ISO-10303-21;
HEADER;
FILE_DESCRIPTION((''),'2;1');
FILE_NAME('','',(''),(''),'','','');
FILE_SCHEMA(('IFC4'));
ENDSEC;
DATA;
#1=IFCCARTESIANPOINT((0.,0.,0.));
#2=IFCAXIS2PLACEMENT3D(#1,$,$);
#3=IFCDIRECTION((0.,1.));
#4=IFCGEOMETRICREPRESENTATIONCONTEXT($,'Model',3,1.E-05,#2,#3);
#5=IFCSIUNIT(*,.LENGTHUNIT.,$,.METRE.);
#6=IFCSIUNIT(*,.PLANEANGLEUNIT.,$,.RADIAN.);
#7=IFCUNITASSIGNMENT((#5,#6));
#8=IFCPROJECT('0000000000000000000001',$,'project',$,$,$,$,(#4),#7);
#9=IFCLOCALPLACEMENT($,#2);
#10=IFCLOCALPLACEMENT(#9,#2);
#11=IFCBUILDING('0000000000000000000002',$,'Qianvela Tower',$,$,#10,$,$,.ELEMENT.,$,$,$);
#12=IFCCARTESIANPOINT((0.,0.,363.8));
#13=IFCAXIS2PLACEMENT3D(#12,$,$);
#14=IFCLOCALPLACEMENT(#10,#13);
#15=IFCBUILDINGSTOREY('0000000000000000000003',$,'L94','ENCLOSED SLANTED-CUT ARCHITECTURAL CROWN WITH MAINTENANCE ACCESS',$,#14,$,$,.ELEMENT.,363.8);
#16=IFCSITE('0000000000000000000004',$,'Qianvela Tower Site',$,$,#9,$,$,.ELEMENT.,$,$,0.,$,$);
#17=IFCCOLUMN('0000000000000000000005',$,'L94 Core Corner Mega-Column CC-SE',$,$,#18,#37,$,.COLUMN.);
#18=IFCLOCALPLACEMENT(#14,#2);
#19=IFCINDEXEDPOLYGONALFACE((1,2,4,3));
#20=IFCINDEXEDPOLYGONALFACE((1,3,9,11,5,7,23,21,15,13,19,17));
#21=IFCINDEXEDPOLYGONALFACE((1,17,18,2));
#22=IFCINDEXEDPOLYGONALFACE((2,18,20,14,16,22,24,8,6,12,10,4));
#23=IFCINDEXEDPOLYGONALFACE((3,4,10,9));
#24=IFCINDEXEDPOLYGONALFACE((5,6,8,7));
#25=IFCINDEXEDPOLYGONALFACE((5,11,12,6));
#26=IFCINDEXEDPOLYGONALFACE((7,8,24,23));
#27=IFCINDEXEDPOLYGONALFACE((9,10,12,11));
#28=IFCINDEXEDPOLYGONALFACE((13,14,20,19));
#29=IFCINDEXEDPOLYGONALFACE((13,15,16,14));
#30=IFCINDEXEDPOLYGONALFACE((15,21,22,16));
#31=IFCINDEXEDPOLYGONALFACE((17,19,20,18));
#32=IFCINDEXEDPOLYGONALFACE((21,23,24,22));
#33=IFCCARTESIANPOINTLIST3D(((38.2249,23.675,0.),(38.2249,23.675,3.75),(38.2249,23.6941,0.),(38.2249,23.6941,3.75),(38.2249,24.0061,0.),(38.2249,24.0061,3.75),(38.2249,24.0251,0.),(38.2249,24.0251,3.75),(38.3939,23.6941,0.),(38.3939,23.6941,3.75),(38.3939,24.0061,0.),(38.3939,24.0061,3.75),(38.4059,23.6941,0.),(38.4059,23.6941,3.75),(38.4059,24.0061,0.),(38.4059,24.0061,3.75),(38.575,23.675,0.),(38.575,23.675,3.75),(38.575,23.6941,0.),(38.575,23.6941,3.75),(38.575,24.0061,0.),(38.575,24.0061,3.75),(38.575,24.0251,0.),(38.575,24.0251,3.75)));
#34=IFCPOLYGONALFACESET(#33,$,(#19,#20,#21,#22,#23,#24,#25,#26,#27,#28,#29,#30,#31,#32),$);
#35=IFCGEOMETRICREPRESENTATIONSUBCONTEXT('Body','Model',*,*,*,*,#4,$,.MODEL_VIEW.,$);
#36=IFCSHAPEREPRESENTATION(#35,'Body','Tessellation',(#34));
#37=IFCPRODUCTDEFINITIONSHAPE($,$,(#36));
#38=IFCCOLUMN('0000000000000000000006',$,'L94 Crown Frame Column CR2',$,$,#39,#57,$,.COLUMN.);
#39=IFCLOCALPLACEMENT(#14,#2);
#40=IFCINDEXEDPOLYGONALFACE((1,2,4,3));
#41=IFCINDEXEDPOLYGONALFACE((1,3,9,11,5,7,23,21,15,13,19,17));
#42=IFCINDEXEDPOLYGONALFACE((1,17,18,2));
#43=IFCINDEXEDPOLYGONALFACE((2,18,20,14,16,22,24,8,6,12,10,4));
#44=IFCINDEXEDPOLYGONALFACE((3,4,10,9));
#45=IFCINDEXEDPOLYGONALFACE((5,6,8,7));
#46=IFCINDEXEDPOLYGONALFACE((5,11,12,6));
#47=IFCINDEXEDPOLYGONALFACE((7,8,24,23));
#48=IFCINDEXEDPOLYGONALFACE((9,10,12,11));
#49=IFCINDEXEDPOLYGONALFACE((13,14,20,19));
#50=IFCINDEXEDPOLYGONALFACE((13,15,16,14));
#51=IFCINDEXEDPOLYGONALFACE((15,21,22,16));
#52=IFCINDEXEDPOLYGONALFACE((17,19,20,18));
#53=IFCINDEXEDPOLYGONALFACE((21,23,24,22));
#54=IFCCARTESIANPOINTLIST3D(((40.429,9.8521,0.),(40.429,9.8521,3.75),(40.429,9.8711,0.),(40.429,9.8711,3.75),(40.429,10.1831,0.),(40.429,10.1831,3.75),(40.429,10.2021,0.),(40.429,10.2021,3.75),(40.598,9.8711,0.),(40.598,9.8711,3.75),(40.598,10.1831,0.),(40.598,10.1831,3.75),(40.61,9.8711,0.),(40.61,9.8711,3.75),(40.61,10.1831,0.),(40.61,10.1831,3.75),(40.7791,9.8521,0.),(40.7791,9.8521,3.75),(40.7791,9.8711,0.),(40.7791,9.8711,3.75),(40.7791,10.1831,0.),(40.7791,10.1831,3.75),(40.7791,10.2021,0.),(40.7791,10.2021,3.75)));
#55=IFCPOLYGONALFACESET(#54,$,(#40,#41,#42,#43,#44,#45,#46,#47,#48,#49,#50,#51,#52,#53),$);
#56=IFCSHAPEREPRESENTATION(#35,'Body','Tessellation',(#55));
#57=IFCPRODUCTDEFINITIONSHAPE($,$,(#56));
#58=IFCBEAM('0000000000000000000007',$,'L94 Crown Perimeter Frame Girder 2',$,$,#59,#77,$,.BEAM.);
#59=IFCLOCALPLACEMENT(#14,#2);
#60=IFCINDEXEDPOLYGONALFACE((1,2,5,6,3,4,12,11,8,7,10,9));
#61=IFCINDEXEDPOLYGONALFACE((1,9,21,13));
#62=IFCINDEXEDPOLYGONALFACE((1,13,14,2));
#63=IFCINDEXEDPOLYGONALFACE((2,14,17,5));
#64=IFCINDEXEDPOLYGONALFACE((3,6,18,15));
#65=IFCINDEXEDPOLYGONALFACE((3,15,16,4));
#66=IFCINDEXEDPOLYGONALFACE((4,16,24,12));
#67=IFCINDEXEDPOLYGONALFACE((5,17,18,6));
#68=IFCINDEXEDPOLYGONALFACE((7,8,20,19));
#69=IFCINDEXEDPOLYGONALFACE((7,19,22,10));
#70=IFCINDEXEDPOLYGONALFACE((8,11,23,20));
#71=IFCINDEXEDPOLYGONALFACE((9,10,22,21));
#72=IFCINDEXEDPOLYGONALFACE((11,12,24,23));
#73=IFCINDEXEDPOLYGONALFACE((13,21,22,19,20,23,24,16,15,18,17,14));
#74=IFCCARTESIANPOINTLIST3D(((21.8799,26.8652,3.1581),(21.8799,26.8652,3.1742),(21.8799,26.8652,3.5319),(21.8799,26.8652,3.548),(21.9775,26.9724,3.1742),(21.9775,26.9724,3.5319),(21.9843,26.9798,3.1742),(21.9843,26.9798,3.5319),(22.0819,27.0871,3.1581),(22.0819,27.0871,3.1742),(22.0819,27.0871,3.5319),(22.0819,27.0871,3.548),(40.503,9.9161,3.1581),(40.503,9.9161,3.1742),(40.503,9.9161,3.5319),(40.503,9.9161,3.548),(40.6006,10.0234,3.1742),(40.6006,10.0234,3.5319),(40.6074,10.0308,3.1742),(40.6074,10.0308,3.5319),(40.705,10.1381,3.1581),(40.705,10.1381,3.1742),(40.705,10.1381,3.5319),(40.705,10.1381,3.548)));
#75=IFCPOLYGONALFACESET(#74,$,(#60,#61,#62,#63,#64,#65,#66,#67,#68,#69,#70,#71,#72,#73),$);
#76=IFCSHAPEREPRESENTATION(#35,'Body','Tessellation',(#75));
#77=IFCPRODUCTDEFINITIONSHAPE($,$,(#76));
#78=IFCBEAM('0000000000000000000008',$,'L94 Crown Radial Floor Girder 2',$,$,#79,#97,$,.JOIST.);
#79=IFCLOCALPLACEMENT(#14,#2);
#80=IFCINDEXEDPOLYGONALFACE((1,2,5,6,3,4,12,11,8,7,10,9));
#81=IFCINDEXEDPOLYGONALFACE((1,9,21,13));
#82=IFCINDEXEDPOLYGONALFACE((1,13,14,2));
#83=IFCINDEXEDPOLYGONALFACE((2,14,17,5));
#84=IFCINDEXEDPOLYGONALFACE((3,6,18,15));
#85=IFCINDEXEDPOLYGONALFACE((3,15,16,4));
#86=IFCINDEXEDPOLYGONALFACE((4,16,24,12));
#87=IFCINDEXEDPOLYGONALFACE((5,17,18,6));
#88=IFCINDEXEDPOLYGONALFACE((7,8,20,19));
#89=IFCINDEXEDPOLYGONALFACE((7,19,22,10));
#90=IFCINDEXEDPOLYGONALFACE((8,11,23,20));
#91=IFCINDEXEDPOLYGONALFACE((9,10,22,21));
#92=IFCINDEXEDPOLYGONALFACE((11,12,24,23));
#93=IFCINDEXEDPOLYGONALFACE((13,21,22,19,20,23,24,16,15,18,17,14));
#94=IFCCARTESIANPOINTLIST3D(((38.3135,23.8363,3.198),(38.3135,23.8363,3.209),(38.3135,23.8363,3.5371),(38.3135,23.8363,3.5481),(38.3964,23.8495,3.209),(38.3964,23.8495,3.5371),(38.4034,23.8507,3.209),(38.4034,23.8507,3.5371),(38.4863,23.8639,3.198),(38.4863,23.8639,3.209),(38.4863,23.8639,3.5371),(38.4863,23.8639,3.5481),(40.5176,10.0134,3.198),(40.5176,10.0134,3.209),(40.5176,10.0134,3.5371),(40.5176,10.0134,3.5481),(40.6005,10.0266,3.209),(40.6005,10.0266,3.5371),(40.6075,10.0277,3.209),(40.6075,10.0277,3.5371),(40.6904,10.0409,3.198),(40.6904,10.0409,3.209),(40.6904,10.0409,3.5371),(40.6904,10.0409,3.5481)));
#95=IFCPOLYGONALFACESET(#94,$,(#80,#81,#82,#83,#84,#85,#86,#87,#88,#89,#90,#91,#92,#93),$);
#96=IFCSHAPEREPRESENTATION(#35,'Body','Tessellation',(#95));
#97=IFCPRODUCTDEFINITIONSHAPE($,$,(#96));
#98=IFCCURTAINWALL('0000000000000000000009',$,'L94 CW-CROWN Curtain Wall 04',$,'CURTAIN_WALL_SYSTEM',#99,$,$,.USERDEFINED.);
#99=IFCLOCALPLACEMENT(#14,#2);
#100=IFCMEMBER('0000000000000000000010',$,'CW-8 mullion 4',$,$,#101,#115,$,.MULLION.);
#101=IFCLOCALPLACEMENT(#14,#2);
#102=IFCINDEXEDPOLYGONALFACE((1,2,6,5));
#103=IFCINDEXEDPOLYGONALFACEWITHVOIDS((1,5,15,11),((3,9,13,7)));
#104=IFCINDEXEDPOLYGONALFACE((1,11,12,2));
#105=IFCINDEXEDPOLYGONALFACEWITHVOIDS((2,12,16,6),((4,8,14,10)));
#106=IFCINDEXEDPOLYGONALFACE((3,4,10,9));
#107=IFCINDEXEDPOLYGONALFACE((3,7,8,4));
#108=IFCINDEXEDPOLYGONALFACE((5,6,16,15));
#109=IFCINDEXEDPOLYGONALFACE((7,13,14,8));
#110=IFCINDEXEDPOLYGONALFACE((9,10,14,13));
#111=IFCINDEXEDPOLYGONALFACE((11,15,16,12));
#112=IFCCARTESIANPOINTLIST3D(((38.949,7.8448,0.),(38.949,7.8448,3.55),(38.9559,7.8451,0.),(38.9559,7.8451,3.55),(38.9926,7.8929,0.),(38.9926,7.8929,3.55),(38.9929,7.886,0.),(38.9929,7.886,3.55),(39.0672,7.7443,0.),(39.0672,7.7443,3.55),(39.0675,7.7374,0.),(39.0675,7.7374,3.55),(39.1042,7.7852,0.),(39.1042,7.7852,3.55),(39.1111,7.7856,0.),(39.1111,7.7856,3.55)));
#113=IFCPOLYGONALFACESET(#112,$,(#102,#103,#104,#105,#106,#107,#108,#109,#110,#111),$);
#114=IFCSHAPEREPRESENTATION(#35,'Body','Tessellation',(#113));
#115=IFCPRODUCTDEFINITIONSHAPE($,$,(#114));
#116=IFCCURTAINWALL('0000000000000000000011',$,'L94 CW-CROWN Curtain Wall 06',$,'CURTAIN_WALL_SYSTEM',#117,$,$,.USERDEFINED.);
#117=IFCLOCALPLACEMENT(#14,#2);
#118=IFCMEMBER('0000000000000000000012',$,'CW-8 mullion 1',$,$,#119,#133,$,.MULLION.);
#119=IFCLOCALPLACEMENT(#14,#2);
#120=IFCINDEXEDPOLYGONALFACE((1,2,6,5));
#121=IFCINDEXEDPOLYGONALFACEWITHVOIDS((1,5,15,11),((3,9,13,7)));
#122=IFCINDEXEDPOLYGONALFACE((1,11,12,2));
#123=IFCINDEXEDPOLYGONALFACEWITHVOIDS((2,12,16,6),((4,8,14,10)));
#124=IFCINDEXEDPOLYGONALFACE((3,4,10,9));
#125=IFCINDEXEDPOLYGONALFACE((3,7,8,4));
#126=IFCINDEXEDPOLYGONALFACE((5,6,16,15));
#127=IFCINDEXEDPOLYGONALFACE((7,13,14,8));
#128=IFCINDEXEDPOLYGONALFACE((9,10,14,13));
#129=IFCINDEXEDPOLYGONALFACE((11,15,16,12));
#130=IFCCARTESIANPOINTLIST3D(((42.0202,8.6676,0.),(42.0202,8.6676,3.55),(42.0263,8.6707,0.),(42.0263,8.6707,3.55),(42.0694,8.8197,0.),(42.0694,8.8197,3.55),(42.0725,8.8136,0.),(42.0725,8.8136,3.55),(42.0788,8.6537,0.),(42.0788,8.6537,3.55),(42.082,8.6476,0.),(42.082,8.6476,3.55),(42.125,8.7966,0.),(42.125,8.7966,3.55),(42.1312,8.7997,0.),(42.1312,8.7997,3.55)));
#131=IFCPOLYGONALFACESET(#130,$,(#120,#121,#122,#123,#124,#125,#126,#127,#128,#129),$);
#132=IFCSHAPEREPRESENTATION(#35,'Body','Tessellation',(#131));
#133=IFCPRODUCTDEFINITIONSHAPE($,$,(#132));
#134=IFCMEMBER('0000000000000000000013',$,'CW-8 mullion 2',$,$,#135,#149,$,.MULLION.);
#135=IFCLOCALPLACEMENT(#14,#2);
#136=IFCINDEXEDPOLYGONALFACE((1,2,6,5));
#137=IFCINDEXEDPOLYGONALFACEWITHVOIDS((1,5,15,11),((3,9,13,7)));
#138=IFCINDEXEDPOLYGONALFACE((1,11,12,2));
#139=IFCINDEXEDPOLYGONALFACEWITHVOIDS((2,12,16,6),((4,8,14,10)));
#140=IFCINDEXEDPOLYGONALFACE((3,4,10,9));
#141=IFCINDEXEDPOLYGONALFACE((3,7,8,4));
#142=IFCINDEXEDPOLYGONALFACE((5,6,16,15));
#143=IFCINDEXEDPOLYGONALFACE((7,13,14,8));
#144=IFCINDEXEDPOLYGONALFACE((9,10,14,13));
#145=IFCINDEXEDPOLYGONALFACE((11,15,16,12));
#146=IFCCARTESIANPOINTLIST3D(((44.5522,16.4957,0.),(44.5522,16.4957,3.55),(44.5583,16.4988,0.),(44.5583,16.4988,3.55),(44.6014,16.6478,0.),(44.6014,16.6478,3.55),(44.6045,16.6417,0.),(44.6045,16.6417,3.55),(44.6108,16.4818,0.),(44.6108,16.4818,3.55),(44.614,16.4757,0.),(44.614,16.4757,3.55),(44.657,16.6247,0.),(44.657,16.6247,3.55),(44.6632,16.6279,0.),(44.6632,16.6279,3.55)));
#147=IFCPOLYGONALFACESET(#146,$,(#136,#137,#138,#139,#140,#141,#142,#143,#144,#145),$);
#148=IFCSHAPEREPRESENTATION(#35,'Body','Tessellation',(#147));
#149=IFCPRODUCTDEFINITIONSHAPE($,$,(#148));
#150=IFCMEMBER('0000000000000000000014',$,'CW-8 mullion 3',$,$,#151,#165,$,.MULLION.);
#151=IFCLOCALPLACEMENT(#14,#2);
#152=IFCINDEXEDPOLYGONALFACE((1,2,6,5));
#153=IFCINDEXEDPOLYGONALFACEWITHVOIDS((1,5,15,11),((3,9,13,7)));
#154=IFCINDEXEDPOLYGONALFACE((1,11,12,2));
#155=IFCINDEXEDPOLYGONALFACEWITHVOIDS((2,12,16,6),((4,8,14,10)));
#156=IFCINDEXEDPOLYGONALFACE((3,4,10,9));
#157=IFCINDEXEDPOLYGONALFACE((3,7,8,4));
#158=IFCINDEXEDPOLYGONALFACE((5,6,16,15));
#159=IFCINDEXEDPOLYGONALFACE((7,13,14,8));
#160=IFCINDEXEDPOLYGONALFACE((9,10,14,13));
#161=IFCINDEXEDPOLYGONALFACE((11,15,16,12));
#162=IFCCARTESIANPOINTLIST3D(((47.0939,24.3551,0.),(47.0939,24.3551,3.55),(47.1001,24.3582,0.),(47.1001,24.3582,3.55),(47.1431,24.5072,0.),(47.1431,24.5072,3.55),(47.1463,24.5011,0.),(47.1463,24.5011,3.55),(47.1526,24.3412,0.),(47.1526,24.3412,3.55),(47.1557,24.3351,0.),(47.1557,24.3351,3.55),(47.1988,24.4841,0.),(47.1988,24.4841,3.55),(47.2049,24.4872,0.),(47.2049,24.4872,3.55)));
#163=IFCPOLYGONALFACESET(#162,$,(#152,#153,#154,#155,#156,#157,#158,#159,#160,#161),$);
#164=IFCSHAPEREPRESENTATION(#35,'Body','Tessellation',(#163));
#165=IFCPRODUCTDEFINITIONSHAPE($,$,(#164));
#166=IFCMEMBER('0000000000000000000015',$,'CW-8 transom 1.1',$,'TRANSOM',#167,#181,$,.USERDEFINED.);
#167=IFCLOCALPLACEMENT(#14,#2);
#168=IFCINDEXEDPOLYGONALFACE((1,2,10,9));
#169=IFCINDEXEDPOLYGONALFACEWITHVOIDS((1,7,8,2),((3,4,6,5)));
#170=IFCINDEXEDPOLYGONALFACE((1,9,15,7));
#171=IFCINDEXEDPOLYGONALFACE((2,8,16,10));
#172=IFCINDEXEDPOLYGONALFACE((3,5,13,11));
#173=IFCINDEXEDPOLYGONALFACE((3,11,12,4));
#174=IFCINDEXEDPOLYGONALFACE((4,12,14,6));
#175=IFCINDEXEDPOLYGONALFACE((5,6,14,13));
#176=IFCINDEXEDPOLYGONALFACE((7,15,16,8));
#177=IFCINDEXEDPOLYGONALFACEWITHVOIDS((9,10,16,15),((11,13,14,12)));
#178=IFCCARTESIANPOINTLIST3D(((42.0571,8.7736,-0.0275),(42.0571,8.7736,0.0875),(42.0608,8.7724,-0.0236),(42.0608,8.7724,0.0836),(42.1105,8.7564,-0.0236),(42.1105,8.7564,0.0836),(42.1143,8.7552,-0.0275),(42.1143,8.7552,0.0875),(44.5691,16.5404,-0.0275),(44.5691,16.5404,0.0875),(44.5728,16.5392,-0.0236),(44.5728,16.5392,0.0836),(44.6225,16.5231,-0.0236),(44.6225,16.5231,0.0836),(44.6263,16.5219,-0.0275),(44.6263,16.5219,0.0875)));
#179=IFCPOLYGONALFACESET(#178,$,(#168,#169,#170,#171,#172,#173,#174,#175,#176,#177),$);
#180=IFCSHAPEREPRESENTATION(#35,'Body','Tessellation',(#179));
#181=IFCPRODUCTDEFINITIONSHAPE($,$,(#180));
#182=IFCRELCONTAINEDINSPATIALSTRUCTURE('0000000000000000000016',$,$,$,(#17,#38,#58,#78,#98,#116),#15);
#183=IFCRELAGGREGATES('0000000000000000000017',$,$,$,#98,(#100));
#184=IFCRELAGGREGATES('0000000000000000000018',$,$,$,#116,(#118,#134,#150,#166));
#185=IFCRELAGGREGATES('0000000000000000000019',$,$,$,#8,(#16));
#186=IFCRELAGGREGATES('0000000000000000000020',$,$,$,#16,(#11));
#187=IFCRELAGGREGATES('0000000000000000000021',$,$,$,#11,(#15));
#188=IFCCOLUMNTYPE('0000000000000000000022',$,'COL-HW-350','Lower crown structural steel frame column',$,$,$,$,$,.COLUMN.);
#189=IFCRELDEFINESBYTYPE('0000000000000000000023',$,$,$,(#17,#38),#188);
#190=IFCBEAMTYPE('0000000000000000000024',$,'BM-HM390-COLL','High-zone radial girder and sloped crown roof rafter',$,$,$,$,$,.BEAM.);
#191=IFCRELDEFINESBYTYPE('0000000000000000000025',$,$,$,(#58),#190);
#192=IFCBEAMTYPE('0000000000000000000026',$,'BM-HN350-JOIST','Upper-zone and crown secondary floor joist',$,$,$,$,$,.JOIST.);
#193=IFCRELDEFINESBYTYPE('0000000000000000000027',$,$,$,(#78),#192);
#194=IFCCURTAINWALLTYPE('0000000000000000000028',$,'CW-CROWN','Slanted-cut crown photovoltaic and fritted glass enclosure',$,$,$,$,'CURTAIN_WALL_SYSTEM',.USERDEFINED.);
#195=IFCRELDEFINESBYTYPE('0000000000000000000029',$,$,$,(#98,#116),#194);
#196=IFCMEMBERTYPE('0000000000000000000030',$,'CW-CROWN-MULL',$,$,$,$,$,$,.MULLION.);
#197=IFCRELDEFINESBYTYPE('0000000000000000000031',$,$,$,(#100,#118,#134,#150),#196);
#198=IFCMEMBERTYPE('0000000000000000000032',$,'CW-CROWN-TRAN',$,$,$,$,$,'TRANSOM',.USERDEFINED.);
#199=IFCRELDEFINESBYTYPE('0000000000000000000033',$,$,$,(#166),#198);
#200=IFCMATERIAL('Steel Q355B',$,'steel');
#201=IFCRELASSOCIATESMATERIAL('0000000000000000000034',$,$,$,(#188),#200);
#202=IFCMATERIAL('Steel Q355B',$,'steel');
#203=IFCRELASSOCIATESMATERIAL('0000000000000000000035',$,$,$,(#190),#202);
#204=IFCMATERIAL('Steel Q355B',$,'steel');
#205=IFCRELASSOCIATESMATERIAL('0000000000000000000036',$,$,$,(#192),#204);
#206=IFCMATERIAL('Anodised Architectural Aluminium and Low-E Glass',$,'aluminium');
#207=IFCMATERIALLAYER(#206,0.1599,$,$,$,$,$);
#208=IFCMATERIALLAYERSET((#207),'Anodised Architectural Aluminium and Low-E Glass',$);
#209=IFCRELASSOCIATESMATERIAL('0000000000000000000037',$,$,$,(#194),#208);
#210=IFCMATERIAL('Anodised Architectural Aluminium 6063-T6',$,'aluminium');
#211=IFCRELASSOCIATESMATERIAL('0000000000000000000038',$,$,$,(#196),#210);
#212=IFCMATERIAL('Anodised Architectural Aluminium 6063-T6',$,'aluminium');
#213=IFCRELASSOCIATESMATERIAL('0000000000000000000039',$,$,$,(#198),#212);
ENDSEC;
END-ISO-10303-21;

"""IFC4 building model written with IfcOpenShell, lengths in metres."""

from ifc_helpers import new_model, si_unit, direction, frame, origin, origin_2d, place, context, subcontext, project, spatial, hollow_rectangle, i_section, extrude, material, layer, layer_set, material_profile, profile_set, type_object, element, aggregate, save


model = new_model("IFC4")

# Units and contexts
model_context = context("Model", 3, precision=1e-05, world=origin(), true_north=direction((0.0, 1.0)))
body_context = subcontext(model_context, "Body", "Model", "MODEL_VIEW")
ifc_project = project(units=[si_unit("LENGTHUNIT", "METRE"), si_unit("PLANEANGLEUNIT", "RADIAN")], contexts=[model_context])

# Site, building, storey
site_placement = place(None, origin())
site = spatial("IfcSite", under=ifc_project, at=site_placement, Name="Qianvela Tower Site", CompositionType="ELEMENT", RefElevation=0.0)
building_placement = place(site_placement, origin())
building = spatial("IfcBuilding", under=site, at=building_placement, Name="Qianvela Tower", CompositionType="ELEMENT")
storey_placement = place(building_placement, frame((0.0, 0.0, 363.8)))
storey = spatial("IfcBuildingStorey", under=building, at=storey_placement, Name="L94", Description="ENCLOSED SLANTED-CUT ARCHITECTURAL CROWN WITH MAINTENANCE ACCESS", CompositionType="ELEMENT", Elevation=363.8)

# Columns
ifc_material_1 = material(Name="Steel Q355B", Category="steel")
ifc_material_profile_1 = material_profile(ifc_material_1, i_section(OverallWidth=0.3501, OverallDepth=0.3501, WebThickness=0.012, FlangeThickness=0.019, at=origin_2d()), Name="HW350x350x12x19")
ifc_profile_set_1 = profile_set([ifc_material_profile_1], Name="Steel Q355B")
column_type = type_object("IfcColumnType", Name="COL-HW-350", Description="Lower crown structural steel frame column", PredefinedType="COLUMN", material=ifc_profile_set_1)
for number, where, z_axis, x_axis, name in (
    (1, (38.3999, 23.8501, 0.0), (0.0, 0.0, 1.0), (1.0, 0.0, 0.0), "L94 Core Corner Mega-Column CC-SE"),
    (2, (40.604, 10.0271, 0.0), (0.0, 0.0, 1.0), (1.0, 0.0, 0.0), "L94 Crown Frame Column CR2"),
):
    element("IfcColumn", number, at=place(storey_placement, frame(where, z_axis=z_axis, x_axis=x_axis)), inside=storey, type_object=column_type, Name=name, PredefinedType="COLUMN", context=body_context, shape_type="SweptSolid", body=[
        extrude(i_section(OverallWidth=0.3501, OverallDepth=0.3501, WebThickness=0.012, FlangeThickness=0.019, at=origin_2d()), origin(), (0.0, 0.0, 1.0), 3.75),
    ])

# Beams
ifc_material_2 = material(Name="Steel Q355B", Category="steel")
ifc_material_profile_2 = material_profile(ifc_material_2, i_section(OverallWidth=0.3, OverallDepth=0.3899, WebThickness=0.01, FlangeThickness=0.0161, at=origin_2d()), Name="HM390x300x10x16")
ifc_profile_set_2 = profile_set([ifc_material_profile_2], Name="Steel Q355B")
beam_type_1 = type_object("IfcBeamType", Name="BM-HM390-COLL", Description="High-zone radial girder and sloped crown roof rafter", PredefinedType="BEAM", material=ifc_profile_set_2)
beam_1_placement = place(storey_placement, frame((40.604, 10.0271, 3.353), z_axis=(-0.739566, 0.673084, 0.0), x_axis=(-0.673084, -0.739566, 0.0)))
element("IfcBeam", 3, at=beam_1_placement, inside=storey, type_object=beam_type_1, Name="L94 Crown Perimeter Frame Girder 2", PredefinedType="BEAM", context=body_context, shape_type="SweptSolid", body=[
    extrude(i_section(OverallWidth=0.3, OverallDepth=0.3899, WebThickness=0.01, FlangeThickness=0.0161, at=origin_2d()), origin(), (0.0, 0.0, 1.0), 25.1812),
])
ifc_material_3 = material(Name="Steel Q355B", Category="steel")
ifc_material_profile_3 = material_profile(ifc_material_3, i_section(OverallWidth=0.175, OverallDepth=0.3501, WebThickness=0.0071, FlangeThickness=0.011, at=origin_2d()), Name="HN350x175x7x11")
ifc_profile_set_3 = profile_set([ifc_material_profile_3], Name="Steel Q355B")
beam_type_2 = type_object("IfcBeamType", Name="BM-HN350-JOIST", Description="Upper-zone and crown secondary floor joist", PredefinedType="JOIST", material=ifc_profile_set_3)
beam_2_placement = place(storey_placement, frame((38.3999, 23.8501, 3.373), z_axis=(0.157463, -0.987525, 0.0), x_axis=(0.987525, 0.157463, 0.0)))
element("IfcBeam", 4, at=beam_2_placement, inside=storey, type_object=beam_type_2, Name="L94 Crown Radial Floor Girder 2", PredefinedType="JOIST", context=body_context, shape_type="SweptSolid", body=[
    extrude(i_section(OverallWidth=0.175, OverallDepth=0.3501, WebThickness=0.0071, FlangeThickness=0.011, at=origin_2d()), origin(), (0.0, 0.0, 1.0), 13.9976),
])

# Curtain wall, member
ifc_material_4 = material(Name="Anodised Architectural Aluminium and Low-E Glass", Category="aluminium")
ifc_layer_1 = layer(ifc_material_4, 0.1599)
ifc_layer_set_1 = layer_set([ifc_layer_1], Name="Anodised Architectural Aluminium and Low-E Glass")
curtain_wall_type = type_object("IfcCurtainWallType", Name="CW-CROWN", Description="Slanted-cut crown photovoltaic and fritted glass enclosure", ElementType="CURTAIN_WALL_SYSTEM", PredefinedType="USERDEFINED", material=ifc_layer_set_1)
curtain_wall_1_placement = place(storey_placement, origin())
curtain_wall_1 = element("IfcCurtainWall", 5, at=curtain_wall_1_placement, inside=storey, type_object=curtain_wall_type, Name="L94 CW-CROWN Curtain Wall 04", ObjectType="CURTAIN_WALL_SYSTEM", PredefinedType="USERDEFINED")
ifc_material_5 = material(Name="Anodised Architectural Aluminium 6063-T6", Category="aluminium")
ifc_material_profile_4 = material_profile(ifc_material_5, hollow_rectangle(XDim=0.0649, YDim=0.1599, WallThickness=0.0049, at=origin_2d()), Name="ALU-MULL-65x160")
ifc_profile_set_4 = profile_set([ifc_material_profile_4], Name="Anodised Architectural Aluminium 6063-T6")
member_type_1 = type_object("IfcMemberType", Name="CW-CROWN-MULL", PredefinedType="MULLION", material=ifc_profile_set_4)
member_1_placement = place(storey_placement, frame((39.03, 7.8152, 0.0), z_axis=(0.0, 0.0, 1.0), x_axis=(0.671204, 0.741273, 0.0)))
member_1 = element("IfcMember", 6, at=member_1_placement, type_object=member_type_1, Name="CW-8 mullion 4", PredefinedType="MULLION", context=body_context, shape_type="SweptSolid", body=[
    extrude(hollow_rectangle(XDim=0.0649, YDim=0.1599, WallThickness=0.0049, at=origin_2d()), origin(), (0.0, 0.0, 1.0), 3.55),
])
aggregate(curtain_wall_1, [member_1])

# Curtain wall, members
curtain_wall_2_placement = place(storey_placement, origin())
curtain_wall_2 = element("IfcCurtainWall", 7, at=curtain_wall_2_placement, inside=storey, type_object=curtain_wall_type, Name="L94 CW-CROWN Curtain Wall 06", ObjectType="CURTAIN_WALL_SYSTEM", PredefinedType="USERDEFINED")
member_2_placement = place(storey_placement, frame((42.0757, 8.7336, 0.0), z_axis=(0.0, 0.0, 1.0), x_axis=(-0.951478, 0.307717, 0.0)))
member_2 = element("IfcMember", 8, at=member_2_placement, type_object=member_type_1, Name="CW-8 mullion 1", PredefinedType="MULLION", context=body_context, shape_type="SweptSolid", body=[
    extrude(hollow_rectangle(XDim=0.0649, YDim=0.1599, WallThickness=0.0049, at=origin_2d()), origin(), (0.0, 0.0, 1.0), 3.55),
])
member_3_placement = place(storey_placement, frame((44.6077, 16.5618, 0.0), z_axis=(0.0, 0.0, 1.0), x_axis=(-0.951478, 0.307717, 0.0)))
member_3 = element("IfcMember", 9, at=member_3_placement, type_object=member_type_1, Name="CW-8 mullion 2", PredefinedType="MULLION", context=body_context, shape_type="SweptSolid", body=[
    extrude(hollow_rectangle(XDim=0.0649, YDim=0.1599, WallThickness=0.0049, at=origin_2d()), origin(), (0.0, 0.0, 1.0), 3.55),
])
member_4_placement = place(storey_placement, frame((47.1494, 24.4211, 0.0), z_axis=(0.0, 0.0, 1.0), x_axis=(-0.951478, 0.307717, 0.0)))
member_4 = element("IfcMember", 10, at=member_4_placement, type_object=member_type_1, Name="CW-8 mullion 3", PredefinedType="MULLION", context=body_context, shape_type="SweptSolid", body=[
    extrude(hollow_rectangle(XDim=0.0649, YDim=0.1599, WallThickness=0.0049, at=origin_2d()), origin(), (0.0, 0.0, 1.0), 3.55),
])
ifc_material_6 = material(Name="Anodised Architectural Aluminium 6063-T6", Category="aluminium")
ifc_material_profile_5 = material_profile(ifc_material_6, hollow_rectangle(XDim=0.0601, YDim=0.115, WallThickness=0.0039, at=origin_2d()), Name="ALU-TRAN-60x115")
ifc_profile_set_5 = profile_set([ifc_material_profile_5], Name="Anodised Architectural Aluminium 6063-T6")
member_type_2 = type_object("IfcMemberType", Name="CW-CROWN-TRAN", ElementType="TRANSOM", PredefinedType="USERDEFINED", material=ifc_profile_set_5)
member_5_placement = place(storey_placement, frame((42.0857, 8.7644, 0.03), z_axis=(0.307736, 0.951472, 0.0), x_axis=(-0.951472, 0.307736, 0.0)))
member_5 = element("IfcMember", 11, at=member_5_placement, type_object=member_type_2, Name="CW-8 transom 1.1", ObjectType="TRANSOM", PredefinedType="USERDEFINED", context=body_context, shape_type="SweptSolid", body=[
    extrude(hollow_rectangle(XDim=0.0601, YDim=0.115, WallThickness=0.0039, at=origin_2d()), origin(), (0.0, 0.0, 1.0), 8.1628),
])
aggregate(curtain_wall_2, [member_2, member_3, member_4, member_5])

save(model, "model.ifc")
